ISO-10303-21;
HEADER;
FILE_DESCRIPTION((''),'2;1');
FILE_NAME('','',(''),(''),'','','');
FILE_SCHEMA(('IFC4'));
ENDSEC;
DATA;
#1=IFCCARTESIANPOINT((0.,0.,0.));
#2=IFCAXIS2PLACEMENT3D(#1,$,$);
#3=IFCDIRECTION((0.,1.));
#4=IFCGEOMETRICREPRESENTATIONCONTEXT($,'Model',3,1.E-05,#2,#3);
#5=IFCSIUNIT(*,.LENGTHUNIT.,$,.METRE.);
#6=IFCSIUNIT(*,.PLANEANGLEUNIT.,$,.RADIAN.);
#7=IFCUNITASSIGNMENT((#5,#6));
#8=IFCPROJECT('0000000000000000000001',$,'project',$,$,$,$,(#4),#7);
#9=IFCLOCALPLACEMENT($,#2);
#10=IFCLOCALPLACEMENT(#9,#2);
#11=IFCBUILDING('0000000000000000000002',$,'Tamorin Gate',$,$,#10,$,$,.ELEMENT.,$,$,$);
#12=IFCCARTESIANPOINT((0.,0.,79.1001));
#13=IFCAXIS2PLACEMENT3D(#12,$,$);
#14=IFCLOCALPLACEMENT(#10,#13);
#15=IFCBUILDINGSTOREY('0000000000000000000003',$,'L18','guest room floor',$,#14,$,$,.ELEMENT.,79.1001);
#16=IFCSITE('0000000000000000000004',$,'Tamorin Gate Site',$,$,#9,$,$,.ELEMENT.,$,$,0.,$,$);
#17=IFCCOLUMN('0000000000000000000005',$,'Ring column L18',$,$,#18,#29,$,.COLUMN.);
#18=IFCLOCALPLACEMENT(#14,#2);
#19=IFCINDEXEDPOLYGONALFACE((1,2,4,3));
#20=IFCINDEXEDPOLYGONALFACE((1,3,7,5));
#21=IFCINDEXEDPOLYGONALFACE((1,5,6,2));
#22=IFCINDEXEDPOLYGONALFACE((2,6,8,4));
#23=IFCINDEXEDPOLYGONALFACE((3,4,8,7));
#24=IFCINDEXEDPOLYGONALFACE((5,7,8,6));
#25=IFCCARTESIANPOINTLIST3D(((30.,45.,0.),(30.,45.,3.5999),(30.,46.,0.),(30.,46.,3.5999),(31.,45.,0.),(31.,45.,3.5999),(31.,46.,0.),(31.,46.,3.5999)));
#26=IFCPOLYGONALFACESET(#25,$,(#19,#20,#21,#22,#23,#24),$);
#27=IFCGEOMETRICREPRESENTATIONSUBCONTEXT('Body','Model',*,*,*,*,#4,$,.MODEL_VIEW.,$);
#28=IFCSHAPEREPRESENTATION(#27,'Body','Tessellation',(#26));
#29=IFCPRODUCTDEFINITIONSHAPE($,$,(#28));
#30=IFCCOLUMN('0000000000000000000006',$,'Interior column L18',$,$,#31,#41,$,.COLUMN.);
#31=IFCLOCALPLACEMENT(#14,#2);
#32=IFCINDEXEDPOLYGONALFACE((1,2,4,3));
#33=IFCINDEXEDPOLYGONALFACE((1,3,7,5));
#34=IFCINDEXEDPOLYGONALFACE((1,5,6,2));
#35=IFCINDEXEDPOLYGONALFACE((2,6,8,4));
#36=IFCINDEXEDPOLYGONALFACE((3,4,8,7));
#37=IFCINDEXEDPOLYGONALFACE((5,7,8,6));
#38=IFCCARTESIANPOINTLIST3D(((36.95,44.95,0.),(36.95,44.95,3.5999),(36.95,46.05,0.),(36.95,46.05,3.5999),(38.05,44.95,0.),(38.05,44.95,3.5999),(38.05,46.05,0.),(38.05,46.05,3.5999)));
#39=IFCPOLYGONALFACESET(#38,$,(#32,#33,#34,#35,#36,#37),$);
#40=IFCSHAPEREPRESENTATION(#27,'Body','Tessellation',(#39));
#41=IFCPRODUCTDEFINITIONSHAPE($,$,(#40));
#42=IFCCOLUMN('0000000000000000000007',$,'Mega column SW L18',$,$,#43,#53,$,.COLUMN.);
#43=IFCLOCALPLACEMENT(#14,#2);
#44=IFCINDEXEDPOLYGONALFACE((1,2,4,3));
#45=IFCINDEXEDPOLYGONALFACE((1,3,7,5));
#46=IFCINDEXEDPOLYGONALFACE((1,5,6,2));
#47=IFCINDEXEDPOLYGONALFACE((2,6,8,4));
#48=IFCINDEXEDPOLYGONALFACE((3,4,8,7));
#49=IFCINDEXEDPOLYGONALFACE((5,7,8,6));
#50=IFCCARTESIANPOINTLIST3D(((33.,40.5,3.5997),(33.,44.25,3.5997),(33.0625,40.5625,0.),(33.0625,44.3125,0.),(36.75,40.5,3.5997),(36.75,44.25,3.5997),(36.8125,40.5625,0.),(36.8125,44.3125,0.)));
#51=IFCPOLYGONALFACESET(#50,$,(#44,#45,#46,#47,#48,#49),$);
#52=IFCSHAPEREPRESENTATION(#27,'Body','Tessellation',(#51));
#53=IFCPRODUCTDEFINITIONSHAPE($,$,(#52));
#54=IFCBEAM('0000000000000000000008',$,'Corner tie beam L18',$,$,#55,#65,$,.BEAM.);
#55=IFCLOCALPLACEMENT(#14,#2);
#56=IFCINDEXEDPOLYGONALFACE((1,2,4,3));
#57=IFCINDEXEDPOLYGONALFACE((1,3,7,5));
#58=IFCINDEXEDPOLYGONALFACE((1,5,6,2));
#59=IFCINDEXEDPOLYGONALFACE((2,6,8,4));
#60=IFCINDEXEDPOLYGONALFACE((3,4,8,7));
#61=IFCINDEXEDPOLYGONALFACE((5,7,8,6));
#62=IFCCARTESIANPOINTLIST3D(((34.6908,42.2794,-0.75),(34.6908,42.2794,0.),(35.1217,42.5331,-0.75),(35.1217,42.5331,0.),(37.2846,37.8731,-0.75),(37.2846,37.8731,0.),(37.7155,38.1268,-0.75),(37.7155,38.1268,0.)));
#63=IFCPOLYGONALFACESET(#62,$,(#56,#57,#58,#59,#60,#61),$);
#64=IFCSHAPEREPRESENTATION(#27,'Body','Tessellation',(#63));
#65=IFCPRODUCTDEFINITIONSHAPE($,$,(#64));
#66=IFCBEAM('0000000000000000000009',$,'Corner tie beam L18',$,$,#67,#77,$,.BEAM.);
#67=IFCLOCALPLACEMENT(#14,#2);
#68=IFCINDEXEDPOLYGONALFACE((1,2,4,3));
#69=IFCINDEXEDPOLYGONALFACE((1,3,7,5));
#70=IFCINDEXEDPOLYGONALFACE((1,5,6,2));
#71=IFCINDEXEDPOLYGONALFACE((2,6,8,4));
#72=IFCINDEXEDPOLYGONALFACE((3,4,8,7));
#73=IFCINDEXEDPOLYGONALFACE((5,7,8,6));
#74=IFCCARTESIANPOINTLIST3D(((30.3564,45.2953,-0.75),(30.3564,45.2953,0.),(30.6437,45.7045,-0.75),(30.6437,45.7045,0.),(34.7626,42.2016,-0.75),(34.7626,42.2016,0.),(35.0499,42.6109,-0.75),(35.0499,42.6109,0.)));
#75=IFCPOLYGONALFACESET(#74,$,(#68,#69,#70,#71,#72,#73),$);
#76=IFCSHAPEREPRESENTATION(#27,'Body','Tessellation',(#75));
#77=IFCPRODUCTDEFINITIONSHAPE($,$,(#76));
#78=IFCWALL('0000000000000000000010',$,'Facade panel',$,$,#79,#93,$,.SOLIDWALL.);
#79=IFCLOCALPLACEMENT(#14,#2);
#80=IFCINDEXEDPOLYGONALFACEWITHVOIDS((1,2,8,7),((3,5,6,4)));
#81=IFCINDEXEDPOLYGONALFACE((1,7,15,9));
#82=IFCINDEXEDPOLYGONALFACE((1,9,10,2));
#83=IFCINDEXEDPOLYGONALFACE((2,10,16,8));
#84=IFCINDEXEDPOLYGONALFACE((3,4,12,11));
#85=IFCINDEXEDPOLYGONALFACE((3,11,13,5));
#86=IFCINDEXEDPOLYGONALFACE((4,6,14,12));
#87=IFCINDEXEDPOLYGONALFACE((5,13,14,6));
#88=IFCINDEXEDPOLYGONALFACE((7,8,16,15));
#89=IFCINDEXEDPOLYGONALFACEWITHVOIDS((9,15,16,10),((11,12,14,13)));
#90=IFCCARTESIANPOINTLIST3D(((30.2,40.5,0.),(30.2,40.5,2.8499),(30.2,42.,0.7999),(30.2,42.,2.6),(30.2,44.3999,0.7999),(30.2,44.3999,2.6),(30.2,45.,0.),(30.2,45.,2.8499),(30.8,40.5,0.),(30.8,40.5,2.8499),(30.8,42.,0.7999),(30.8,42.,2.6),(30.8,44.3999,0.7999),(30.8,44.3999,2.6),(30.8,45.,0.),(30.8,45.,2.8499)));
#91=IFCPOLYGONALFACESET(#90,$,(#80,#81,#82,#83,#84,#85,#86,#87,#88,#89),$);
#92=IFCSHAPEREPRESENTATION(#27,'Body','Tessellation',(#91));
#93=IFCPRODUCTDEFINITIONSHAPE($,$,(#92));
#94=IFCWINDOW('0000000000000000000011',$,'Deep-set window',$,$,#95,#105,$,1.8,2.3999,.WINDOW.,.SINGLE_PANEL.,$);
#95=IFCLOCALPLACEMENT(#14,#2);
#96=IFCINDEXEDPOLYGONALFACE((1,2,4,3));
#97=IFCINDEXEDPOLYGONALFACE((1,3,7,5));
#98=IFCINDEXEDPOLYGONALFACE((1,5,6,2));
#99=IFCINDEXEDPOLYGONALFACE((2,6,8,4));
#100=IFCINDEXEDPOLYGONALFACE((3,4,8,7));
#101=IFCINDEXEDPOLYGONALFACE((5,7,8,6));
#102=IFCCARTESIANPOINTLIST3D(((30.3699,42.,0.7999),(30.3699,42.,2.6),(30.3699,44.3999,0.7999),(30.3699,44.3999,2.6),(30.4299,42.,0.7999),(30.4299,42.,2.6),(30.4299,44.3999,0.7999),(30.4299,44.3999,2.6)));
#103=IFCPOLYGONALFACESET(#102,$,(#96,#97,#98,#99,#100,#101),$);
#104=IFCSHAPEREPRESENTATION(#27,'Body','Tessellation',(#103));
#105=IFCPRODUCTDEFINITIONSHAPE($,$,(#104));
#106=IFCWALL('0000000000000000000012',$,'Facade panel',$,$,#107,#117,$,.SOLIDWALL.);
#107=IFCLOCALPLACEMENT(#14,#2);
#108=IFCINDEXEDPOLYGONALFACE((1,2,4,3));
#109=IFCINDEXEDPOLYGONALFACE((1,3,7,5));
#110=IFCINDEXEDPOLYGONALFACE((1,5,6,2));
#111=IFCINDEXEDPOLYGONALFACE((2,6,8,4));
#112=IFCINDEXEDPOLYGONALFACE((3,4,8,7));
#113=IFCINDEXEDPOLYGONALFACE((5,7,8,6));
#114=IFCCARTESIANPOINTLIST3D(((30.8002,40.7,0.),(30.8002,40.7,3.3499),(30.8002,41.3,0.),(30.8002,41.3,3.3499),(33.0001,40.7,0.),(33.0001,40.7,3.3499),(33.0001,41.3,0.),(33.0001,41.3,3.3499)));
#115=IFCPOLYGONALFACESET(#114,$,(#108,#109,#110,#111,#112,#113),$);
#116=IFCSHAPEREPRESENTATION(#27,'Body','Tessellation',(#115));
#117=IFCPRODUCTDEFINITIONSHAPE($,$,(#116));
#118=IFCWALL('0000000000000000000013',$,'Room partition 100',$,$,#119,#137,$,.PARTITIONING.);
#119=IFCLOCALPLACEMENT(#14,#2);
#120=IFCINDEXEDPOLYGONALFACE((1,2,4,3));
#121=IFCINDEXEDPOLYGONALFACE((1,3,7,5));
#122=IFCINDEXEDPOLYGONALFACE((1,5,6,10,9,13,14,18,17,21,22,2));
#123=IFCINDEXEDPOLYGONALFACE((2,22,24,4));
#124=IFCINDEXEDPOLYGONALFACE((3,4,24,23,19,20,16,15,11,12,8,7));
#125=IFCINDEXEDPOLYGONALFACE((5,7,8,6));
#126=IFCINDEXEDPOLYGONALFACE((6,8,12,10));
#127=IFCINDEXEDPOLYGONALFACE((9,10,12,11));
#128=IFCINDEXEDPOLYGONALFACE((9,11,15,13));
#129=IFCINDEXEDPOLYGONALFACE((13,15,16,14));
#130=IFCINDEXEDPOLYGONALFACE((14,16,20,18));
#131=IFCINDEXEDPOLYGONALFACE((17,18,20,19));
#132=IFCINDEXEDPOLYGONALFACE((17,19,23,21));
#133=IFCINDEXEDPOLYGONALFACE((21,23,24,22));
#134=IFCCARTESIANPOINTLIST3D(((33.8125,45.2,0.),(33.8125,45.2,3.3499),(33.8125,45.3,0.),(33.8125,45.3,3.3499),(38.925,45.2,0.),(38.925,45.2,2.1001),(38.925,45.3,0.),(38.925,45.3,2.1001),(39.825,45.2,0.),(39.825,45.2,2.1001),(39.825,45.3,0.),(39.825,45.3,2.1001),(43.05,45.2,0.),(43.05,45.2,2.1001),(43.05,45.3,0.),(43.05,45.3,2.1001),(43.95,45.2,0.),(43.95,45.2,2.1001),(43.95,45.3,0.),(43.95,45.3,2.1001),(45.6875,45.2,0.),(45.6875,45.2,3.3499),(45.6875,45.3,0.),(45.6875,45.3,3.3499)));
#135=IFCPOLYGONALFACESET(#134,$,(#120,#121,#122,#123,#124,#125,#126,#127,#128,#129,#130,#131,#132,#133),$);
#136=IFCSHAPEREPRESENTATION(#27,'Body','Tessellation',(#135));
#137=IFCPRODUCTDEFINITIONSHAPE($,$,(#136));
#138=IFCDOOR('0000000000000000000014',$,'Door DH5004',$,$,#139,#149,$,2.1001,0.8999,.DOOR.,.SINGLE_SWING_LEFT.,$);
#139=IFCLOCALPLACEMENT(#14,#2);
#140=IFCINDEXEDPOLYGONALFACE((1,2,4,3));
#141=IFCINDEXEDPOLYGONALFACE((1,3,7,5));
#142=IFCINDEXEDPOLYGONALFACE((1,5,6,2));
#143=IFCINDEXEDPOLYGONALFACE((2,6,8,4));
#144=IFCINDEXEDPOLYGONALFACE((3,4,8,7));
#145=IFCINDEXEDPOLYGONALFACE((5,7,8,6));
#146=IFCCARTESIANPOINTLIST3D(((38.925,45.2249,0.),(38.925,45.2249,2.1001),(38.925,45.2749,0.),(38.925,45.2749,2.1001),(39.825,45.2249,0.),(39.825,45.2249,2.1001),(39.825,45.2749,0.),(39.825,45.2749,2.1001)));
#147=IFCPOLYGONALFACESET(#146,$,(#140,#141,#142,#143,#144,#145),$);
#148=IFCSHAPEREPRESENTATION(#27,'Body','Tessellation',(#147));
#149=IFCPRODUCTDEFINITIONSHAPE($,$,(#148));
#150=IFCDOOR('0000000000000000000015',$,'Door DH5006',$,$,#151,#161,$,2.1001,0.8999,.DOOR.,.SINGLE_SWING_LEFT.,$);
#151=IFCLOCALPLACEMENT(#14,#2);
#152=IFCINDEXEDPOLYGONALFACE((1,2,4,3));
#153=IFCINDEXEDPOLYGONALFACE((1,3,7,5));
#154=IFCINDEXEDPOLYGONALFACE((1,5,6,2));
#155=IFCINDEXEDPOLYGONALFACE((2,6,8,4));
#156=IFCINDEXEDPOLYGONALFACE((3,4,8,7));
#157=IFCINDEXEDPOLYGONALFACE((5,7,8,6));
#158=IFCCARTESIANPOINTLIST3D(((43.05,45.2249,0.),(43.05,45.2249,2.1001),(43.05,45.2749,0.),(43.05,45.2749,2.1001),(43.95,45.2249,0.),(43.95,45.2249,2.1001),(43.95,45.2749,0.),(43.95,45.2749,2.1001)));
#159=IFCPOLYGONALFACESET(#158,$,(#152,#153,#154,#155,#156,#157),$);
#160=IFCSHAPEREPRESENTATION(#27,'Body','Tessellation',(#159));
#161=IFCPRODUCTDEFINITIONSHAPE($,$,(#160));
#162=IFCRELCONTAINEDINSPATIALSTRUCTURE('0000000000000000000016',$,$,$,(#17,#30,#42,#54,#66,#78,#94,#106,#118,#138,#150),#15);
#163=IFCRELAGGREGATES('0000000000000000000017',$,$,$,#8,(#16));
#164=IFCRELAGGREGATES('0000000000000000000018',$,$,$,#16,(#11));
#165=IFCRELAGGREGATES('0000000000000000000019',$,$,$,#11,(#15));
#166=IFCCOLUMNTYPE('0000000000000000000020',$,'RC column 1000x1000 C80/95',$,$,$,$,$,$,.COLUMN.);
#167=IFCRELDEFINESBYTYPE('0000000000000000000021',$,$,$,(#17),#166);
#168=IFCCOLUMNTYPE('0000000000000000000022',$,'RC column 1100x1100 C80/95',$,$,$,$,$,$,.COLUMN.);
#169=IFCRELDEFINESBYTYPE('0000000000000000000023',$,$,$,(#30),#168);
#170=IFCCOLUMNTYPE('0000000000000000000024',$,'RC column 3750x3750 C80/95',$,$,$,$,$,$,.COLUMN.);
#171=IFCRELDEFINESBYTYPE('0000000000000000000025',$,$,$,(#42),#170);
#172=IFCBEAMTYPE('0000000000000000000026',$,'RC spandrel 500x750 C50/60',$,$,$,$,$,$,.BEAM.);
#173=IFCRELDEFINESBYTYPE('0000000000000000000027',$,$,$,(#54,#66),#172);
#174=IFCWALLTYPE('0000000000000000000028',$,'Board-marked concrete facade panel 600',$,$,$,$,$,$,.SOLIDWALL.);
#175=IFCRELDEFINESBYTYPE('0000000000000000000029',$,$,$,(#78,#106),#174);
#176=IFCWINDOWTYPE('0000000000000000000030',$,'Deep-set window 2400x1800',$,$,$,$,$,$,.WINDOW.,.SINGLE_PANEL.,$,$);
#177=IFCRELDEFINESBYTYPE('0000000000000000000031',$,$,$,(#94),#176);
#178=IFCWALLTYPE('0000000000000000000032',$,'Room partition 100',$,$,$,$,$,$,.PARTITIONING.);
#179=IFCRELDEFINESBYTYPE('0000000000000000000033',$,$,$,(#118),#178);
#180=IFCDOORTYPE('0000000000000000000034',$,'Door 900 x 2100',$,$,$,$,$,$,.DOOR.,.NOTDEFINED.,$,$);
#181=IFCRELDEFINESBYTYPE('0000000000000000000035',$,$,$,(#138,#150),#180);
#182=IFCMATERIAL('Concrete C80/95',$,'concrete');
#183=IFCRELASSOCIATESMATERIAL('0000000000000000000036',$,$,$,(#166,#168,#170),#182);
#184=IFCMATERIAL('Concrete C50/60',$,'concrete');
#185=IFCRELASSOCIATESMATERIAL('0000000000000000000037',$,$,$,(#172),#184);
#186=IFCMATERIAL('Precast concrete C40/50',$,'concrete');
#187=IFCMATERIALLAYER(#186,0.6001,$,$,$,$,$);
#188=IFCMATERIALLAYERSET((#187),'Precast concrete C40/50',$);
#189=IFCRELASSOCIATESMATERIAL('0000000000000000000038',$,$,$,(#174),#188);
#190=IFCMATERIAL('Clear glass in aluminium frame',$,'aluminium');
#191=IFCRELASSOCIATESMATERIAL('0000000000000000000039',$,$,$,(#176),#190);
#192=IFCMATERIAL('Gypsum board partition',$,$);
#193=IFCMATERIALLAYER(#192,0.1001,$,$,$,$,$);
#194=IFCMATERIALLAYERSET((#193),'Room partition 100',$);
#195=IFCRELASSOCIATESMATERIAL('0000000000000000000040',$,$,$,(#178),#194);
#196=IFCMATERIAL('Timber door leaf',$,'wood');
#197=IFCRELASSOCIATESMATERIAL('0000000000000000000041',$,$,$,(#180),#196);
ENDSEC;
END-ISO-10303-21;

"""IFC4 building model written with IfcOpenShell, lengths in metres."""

from ifc_helpers import new_model, si_unit, direction, frame, frame_2d, origin, origin_2d, place, context, subcontext, project, spatial, rectangle, extrude, material, layer, layer_set, material_profile, profile_set, type_object, element, fill, save


model = new_model("IFC4")

# Units and contexts
model_context = context("Model", 3, precision=1e-05, world=origin(), true_north=direction((0.0, 1.0)))
body_context = subcontext(model_context, "Body", "Model", "MODEL_VIEW")
ifc_project = project(units=[si_unit("LENGTHUNIT", "METRE"), si_unit("PLANEANGLEUNIT", "RADIAN")], contexts=[model_context])

# Site, building, storey
site_placement = place(None, origin())
site = spatial("IfcSite", under=ifc_project, at=site_placement, Name="Tamorin Gate Site", CompositionType="ELEMENT", RefElevation=0.0)
building_placement = place(site_placement, origin())
building = spatial("IfcBuilding", under=site, at=building_placement, Name="Tamorin Gate", CompositionType="ELEMENT")
storey_placement = place(building_placement, frame((0.0, 0.0, 79.1001)))
storey = spatial("IfcBuildingStorey", under=building, at=storey_placement, Name="L18", Description="guest room floor", CompositionType="ELEMENT", Elevation=79.1001)

# Columns
ifc_material_1 = material(Name="Concrete C80/95", Category="concrete")
ifc_material_profile_1 = material_profile(ifc_material_1, rectangle(XDim=1.0, YDim=1.0, at=origin_2d()), Name="RC 1000x1000")
ifc_profile_set_1 = profile_set([ifc_material_profile_1], Name="Concrete C80/95")
column_type_1 = type_object("IfcColumnType", Name="RC column 1000x1000 C80/95", PredefinedType="COLUMN", material=ifc_profile_set_1)
column_1_placement = place(storey_placement, frame((30.5, 45.5, 0.0), z_axis=(0.0, 0.0, 1.0), x_axis=(1.0, 0.0, 0.0)))
element("IfcColumn", 1, at=column_1_placement, inside=storey, type_object=column_type_1, Name="Ring column L18", PredefinedType="COLUMN", context=body_context, shape_type="SweptSolid", body=[
    extrude(rectangle(XDim=1.0, YDim=1.0, at=origin_2d()), origin(), (0.0, 0.0, 1.0), 3.5999),
])
ifc_material_profile_2 = material_profile(ifc_material_1, rectangle(XDim=1.1001, YDim=1.1001, at=origin_2d()), Name="RC 1100x1100")
ifc_profile_set_2 = profile_set([ifc_material_profile_2], Name="Concrete C80/95")
column_type_2 = type_object("IfcColumnType", Name="RC column 1100x1100 C80/95", PredefinedType="COLUMN", material=ifc_profile_set_2)
column_2_placement = place(storey_placement, frame((37.5, 45.5, 0.0), z_axis=(0.0, 0.0, 1.0), x_axis=(1.0, 0.0, 0.0)))
element("IfcColumn", 2, at=column_2_placement, inside=storey, type_object=column_type_2, Name="Interior column L18", PredefinedType="COLUMN", context=body_context, shape_type="SweptSolid", body=[
    extrude(rectangle(XDim=1.1001, YDim=1.1001, at=origin_2d()), origin(), (0.0, 0.0, 1.0), 3.5999),
])
ifc_material_profile_3 = material_profile(ifc_material_1, rectangle(XDim=3.75, YDim=3.75, at=origin_2d()), Name="RC 3750x3750")
ifc_profile_set_3 = profile_set([ifc_material_profile_3], Name="Concrete C80/95")
column_type_3 = type_object("IfcColumnType", Name="RC column 3750x3750 C80/95", PredefinedType="COLUMN", material=ifc_profile_set_3)
column_3_placement = place(storey_placement, frame((34.9375, 42.4375, 0.0), z_axis=(0.0, 0.0, 1.0), x_axis=(-1.0, 0.0, 0.0)))
element("IfcColumn", 3, at=column_3_placement, inside=storey, type_object=column_type_3, Name="Mega column SW L18", PredefinedType="COLUMN", context=body_context, shape_type="SweptSolid", body=[
    extrude(rectangle(XDim=3.75, YDim=3.75, at=origin_2d()), origin(), (0.017357, 0.017357, 0.999699), 3.6008),
])

# Beams
ifc_material_2 = material(Name="Concrete C50/60", Category="concrete")
ifc_material_profile_4 = material_profile(ifc_material_2, rectangle(XDim=0.5, YDim=0.75, at=origin_2d()), Name="RC 500x750")
ifc_profile_set_4 = profile_set([ifc_material_profile_4], Name="Concrete C50/60")
beam_type = type_object("IfcBeamType", Name="RC spandrel 500x750 C50/60", PredefinedType="BEAM", material=ifc_profile_set_4)
beam_1_placement = place(storey_placement, frame((34.9062, 42.4062, -0.375), z_axis=(0.507287, -0.861777, 0.0), x_axis=(0.861777, 0.507287, 0.0)))
element("IfcBeam", 4, at=beam_1_placement, inside=storey, type_object=beam_type, Name="Corner tie beam L18", PredefinedType="BEAM", context=body_context, shape_type="SweptSolid", body=[
    extrude(rectangle(XDim=0.5, YDim=0.75, at=origin_2d()), origin(), (0.0, 0.0, 1.0), 5.113),
])
beam_2_placement = place(storey_placement, frame((34.9062, 42.4062, -0.375), z_axis=(-0.818413, 0.57463, 0.0), x_axis=(-0.57463, -0.818413, 0.0)))
element("IfcBeam", 5, at=beam_2_placement, inside=storey, type_object=beam_type, Name="Corner tie beam L18", PredefinedType="BEAM", context=body_context, shape_type="SweptSolid", body=[
    extrude(rectangle(XDim=0.5, YDim=0.75, at=origin_2d()), origin(), (0.0, 0.0, 1.0), 5.3838),
])

# Wall, opening, window
ifc_material_3 = material(Name="Precast concrete C40/50", Category="concrete")
ifc_layer_1 = layer(ifc_material_3, 0.6001)
ifc_layer_set_1 = layer_set([ifc_layer_1], Name="Precast concrete C40/50")
wall_type_1 = type_object("IfcWallType", Name="Board-marked concrete facade panel 600", PredefinedType="SOLIDWALL", material=ifc_layer_set_1)
wall_1_placement = place(storey_placement, frame((30.5, 45.0, 0.0), z_axis=(0.0, 0.0, 1.0), x_axis=(0.0, -1.0, 0.0)))
wall_1 = element("IfcWall", 6, at=wall_1_placement, inside=storey, type_object=wall_type_1, Name="Facade panel", PredefinedType="SOLIDWALL", context=body_context, shape_type="SweptSolid", body=[
    extrude(rectangle(XDim=4.5, YDim=0.6001, at=frame_2d((2.25, 0.0))), origin(), (0.0, 0.0, 1.0), 2.8499),
])
opening_1_placement = place(wall_1_placement, frame((0.6001, 0.0, 0.8)))
opening_1 = element("IfcOpeningElement", 7, at=opening_1_placement, cuts=wall_1, PredefinedType="OPENING", context=body_context, shape_type="SweptSolid", body=[
    extrude(rectangle(XDim=2.3999, YDim=1.8, at=frame_2d((1.2, 0.8999))), frame((0.0, 0.3101, 0.0), z_axis=(0.0, -1.0, 0.0), x_axis=(1.0, 0.0, 0.0)), (0.0, 0.0, 1.0), 0.6201),
])
ifc_material_4 = material(Name="Clear glass in aluminium frame", Category="aluminium")
window_type = type_object("IfcWindowType", Name="Deep-set window 2400x1800", PartitioningType="SINGLE_PANEL", PredefinedType="WINDOW", material=ifc_material_4)
window_placement = place(opening_1_placement, origin())
window = element("IfcWindow", 8, at=window_placement, inside=storey, type_object=window_type, Name="Deep-set window", OverallHeight=1.8, OverallWidth=2.3999, PartitioningType="SINGLE_PANEL", PredefinedType="WINDOW", context=body_context, shape_type="SweptSolid", body=[
    extrude(rectangle(XDim=2.3999, YDim=1.8, at=frame_2d((1.2, 0.8999))), frame((0.0, -0.0701, 0.0), z_axis=(0.0, -1.0, 0.0), x_axis=(1.0, 0.0, 0.0)), (0.0, 0.0, 1.0), 0.0601),
])
fill(opening_1, window)

# Wall
wall_2_placement = place(storey_placement, frame((30.8, 41.0, 0.0), z_axis=(0.0, 0.0, 1.0), x_axis=(1.0, 0.0, 0.0)))
element("IfcWall", 9, at=wall_2_placement, inside=storey, type_object=wall_type_1, Name="Facade panel", PredefinedType="SOLIDWALL", context=body_context, shape_type="SweptSolid", body=[
    extrude(rectangle(XDim=2.2, YDim=0.6001, at=frame_2d((1.1001, 0.0))), origin(), (0.0, 0.0, 1.0), 3.3499),
])

# Wall, openings, doors
ifc_material_5 = material(Name="Gypsum board partition")
ifc_layer_2 = layer(ifc_material_5, 0.1001)
ifc_layer_set_2 = layer_set([ifc_layer_2], Name="Room partition 100")
wall_type_2 = type_object("IfcWallType", Name="Room partition 100", PredefinedType="PARTITIONING", material=ifc_layer_set_2)
wall_3_placement = place(storey_placement, frame((33.8125, 45.25, 0.0), z_axis=(0.0, 0.0, 1.0), x_axis=(1.0, 0.0, 0.0)))
wall_3 = element("IfcWall", 10, at=wall_3_placement, inside=storey, type_object=wall_type_2, Name="Room partition 100", PredefinedType="PARTITIONING", context=body_context, shape_type="SweptSolid", body=[
    extrude(rectangle(XDim=11.875, YDim=0.1001, at=frame_2d((5.9375, 0.0))), origin(), (0.0, 0.0, 1.0), 3.3499),
])
opening_2_placement = place(wall_3_placement, frame((5.1125, 0.0, 0.0)))
opening_2 = element("IfcOpeningElement", 11, at=opening_2_placement, cuts=wall_3, PredefinedType="OPENING", context=body_context, shape_type="SweptSolid", body=[
    extrude(rectangle(XDim=0.8999, YDim=2.1001, at=frame_2d((0.45, 1.05))), frame((0.0, 0.0601, 0.0), z_axis=(0.0, -1.0, 0.0), x_axis=(1.0, 0.0, 0.0)), (0.0, 0.0, 1.0), 0.1201),
])
opening_3_placement = place(wall_3_placement, frame((9.2375, 0.0, 0.0)))
opening_3 = element("IfcOpeningElement", 12, at=opening_3_placement, cuts=wall_3, PredefinedType="OPENING", context=body_context, shape_type="SweptSolid", body=[
    extrude(rectangle(XDim=0.8999, YDim=2.1001, at=frame_2d((0.45, 1.05))), frame((0.0, 0.0601, 0.0), z_axis=(0.0, -1.0, 0.0), x_axis=(1.0, 0.0, 0.0)), (0.0, 0.0, 1.0), 0.1201),
])
ifc_material_6 = material(Name="Timber door leaf", Category="wood")
door_type = type_object("IfcDoorType", Name="Door 900 x 2100", OperationType="NOTDEFINED", PredefinedType="DOOR", material=ifc_material_6)
door_1_placement = place(opening_2_placement, origin())
door_1 = element("IfcDoor", 13, at=door_1_placement, inside=storey, type_object=door_type, Name="Door DH5004", OperationType="SINGLE_SWING_LEFT", OverallHeight=2.1001, OverallWidth=0.8999, PredefinedType="DOOR", context=body_context, shape_type="SweptSolid", body=[
    extrude(rectangle(XDim=0.8999, YDim=2.1001, at=frame_2d((0.45, 1.05))), frame((0.0, 0.0249, 0.0), z_axis=(0.0, -1.0, 0.0), x_axis=(1.0, 0.0, 0.0)), (0.0, 0.0, 1.0), 0.05),
])
fill(opening_2, door_1)
door_2_placement = place(opening_3_placement, origin())
door_2 = element("IfcDoor", 14, at=door_2_placement, inside=storey, type_object=door_type, Name="Door DH5006", OperationType="SINGLE_SWING_LEFT", OverallHeight=2.1001, OverallWidth=0.8999, PredefinedType="DOOR", context=body_context, shape_type="SweptSolid", body=[
    extrude(rectangle(XDim=0.8999, YDim=2.1001, at=frame_2d((0.45, 1.05))), frame((0.0, 0.0249, 0.0), z_axis=(0.0, -1.0, 0.0), x_axis=(1.0, 0.0, 0.0)), (0.0, 0.0, 1.0), 0.05),
])
fill(opening_3, door_2)

save(model, "model.ifc")
